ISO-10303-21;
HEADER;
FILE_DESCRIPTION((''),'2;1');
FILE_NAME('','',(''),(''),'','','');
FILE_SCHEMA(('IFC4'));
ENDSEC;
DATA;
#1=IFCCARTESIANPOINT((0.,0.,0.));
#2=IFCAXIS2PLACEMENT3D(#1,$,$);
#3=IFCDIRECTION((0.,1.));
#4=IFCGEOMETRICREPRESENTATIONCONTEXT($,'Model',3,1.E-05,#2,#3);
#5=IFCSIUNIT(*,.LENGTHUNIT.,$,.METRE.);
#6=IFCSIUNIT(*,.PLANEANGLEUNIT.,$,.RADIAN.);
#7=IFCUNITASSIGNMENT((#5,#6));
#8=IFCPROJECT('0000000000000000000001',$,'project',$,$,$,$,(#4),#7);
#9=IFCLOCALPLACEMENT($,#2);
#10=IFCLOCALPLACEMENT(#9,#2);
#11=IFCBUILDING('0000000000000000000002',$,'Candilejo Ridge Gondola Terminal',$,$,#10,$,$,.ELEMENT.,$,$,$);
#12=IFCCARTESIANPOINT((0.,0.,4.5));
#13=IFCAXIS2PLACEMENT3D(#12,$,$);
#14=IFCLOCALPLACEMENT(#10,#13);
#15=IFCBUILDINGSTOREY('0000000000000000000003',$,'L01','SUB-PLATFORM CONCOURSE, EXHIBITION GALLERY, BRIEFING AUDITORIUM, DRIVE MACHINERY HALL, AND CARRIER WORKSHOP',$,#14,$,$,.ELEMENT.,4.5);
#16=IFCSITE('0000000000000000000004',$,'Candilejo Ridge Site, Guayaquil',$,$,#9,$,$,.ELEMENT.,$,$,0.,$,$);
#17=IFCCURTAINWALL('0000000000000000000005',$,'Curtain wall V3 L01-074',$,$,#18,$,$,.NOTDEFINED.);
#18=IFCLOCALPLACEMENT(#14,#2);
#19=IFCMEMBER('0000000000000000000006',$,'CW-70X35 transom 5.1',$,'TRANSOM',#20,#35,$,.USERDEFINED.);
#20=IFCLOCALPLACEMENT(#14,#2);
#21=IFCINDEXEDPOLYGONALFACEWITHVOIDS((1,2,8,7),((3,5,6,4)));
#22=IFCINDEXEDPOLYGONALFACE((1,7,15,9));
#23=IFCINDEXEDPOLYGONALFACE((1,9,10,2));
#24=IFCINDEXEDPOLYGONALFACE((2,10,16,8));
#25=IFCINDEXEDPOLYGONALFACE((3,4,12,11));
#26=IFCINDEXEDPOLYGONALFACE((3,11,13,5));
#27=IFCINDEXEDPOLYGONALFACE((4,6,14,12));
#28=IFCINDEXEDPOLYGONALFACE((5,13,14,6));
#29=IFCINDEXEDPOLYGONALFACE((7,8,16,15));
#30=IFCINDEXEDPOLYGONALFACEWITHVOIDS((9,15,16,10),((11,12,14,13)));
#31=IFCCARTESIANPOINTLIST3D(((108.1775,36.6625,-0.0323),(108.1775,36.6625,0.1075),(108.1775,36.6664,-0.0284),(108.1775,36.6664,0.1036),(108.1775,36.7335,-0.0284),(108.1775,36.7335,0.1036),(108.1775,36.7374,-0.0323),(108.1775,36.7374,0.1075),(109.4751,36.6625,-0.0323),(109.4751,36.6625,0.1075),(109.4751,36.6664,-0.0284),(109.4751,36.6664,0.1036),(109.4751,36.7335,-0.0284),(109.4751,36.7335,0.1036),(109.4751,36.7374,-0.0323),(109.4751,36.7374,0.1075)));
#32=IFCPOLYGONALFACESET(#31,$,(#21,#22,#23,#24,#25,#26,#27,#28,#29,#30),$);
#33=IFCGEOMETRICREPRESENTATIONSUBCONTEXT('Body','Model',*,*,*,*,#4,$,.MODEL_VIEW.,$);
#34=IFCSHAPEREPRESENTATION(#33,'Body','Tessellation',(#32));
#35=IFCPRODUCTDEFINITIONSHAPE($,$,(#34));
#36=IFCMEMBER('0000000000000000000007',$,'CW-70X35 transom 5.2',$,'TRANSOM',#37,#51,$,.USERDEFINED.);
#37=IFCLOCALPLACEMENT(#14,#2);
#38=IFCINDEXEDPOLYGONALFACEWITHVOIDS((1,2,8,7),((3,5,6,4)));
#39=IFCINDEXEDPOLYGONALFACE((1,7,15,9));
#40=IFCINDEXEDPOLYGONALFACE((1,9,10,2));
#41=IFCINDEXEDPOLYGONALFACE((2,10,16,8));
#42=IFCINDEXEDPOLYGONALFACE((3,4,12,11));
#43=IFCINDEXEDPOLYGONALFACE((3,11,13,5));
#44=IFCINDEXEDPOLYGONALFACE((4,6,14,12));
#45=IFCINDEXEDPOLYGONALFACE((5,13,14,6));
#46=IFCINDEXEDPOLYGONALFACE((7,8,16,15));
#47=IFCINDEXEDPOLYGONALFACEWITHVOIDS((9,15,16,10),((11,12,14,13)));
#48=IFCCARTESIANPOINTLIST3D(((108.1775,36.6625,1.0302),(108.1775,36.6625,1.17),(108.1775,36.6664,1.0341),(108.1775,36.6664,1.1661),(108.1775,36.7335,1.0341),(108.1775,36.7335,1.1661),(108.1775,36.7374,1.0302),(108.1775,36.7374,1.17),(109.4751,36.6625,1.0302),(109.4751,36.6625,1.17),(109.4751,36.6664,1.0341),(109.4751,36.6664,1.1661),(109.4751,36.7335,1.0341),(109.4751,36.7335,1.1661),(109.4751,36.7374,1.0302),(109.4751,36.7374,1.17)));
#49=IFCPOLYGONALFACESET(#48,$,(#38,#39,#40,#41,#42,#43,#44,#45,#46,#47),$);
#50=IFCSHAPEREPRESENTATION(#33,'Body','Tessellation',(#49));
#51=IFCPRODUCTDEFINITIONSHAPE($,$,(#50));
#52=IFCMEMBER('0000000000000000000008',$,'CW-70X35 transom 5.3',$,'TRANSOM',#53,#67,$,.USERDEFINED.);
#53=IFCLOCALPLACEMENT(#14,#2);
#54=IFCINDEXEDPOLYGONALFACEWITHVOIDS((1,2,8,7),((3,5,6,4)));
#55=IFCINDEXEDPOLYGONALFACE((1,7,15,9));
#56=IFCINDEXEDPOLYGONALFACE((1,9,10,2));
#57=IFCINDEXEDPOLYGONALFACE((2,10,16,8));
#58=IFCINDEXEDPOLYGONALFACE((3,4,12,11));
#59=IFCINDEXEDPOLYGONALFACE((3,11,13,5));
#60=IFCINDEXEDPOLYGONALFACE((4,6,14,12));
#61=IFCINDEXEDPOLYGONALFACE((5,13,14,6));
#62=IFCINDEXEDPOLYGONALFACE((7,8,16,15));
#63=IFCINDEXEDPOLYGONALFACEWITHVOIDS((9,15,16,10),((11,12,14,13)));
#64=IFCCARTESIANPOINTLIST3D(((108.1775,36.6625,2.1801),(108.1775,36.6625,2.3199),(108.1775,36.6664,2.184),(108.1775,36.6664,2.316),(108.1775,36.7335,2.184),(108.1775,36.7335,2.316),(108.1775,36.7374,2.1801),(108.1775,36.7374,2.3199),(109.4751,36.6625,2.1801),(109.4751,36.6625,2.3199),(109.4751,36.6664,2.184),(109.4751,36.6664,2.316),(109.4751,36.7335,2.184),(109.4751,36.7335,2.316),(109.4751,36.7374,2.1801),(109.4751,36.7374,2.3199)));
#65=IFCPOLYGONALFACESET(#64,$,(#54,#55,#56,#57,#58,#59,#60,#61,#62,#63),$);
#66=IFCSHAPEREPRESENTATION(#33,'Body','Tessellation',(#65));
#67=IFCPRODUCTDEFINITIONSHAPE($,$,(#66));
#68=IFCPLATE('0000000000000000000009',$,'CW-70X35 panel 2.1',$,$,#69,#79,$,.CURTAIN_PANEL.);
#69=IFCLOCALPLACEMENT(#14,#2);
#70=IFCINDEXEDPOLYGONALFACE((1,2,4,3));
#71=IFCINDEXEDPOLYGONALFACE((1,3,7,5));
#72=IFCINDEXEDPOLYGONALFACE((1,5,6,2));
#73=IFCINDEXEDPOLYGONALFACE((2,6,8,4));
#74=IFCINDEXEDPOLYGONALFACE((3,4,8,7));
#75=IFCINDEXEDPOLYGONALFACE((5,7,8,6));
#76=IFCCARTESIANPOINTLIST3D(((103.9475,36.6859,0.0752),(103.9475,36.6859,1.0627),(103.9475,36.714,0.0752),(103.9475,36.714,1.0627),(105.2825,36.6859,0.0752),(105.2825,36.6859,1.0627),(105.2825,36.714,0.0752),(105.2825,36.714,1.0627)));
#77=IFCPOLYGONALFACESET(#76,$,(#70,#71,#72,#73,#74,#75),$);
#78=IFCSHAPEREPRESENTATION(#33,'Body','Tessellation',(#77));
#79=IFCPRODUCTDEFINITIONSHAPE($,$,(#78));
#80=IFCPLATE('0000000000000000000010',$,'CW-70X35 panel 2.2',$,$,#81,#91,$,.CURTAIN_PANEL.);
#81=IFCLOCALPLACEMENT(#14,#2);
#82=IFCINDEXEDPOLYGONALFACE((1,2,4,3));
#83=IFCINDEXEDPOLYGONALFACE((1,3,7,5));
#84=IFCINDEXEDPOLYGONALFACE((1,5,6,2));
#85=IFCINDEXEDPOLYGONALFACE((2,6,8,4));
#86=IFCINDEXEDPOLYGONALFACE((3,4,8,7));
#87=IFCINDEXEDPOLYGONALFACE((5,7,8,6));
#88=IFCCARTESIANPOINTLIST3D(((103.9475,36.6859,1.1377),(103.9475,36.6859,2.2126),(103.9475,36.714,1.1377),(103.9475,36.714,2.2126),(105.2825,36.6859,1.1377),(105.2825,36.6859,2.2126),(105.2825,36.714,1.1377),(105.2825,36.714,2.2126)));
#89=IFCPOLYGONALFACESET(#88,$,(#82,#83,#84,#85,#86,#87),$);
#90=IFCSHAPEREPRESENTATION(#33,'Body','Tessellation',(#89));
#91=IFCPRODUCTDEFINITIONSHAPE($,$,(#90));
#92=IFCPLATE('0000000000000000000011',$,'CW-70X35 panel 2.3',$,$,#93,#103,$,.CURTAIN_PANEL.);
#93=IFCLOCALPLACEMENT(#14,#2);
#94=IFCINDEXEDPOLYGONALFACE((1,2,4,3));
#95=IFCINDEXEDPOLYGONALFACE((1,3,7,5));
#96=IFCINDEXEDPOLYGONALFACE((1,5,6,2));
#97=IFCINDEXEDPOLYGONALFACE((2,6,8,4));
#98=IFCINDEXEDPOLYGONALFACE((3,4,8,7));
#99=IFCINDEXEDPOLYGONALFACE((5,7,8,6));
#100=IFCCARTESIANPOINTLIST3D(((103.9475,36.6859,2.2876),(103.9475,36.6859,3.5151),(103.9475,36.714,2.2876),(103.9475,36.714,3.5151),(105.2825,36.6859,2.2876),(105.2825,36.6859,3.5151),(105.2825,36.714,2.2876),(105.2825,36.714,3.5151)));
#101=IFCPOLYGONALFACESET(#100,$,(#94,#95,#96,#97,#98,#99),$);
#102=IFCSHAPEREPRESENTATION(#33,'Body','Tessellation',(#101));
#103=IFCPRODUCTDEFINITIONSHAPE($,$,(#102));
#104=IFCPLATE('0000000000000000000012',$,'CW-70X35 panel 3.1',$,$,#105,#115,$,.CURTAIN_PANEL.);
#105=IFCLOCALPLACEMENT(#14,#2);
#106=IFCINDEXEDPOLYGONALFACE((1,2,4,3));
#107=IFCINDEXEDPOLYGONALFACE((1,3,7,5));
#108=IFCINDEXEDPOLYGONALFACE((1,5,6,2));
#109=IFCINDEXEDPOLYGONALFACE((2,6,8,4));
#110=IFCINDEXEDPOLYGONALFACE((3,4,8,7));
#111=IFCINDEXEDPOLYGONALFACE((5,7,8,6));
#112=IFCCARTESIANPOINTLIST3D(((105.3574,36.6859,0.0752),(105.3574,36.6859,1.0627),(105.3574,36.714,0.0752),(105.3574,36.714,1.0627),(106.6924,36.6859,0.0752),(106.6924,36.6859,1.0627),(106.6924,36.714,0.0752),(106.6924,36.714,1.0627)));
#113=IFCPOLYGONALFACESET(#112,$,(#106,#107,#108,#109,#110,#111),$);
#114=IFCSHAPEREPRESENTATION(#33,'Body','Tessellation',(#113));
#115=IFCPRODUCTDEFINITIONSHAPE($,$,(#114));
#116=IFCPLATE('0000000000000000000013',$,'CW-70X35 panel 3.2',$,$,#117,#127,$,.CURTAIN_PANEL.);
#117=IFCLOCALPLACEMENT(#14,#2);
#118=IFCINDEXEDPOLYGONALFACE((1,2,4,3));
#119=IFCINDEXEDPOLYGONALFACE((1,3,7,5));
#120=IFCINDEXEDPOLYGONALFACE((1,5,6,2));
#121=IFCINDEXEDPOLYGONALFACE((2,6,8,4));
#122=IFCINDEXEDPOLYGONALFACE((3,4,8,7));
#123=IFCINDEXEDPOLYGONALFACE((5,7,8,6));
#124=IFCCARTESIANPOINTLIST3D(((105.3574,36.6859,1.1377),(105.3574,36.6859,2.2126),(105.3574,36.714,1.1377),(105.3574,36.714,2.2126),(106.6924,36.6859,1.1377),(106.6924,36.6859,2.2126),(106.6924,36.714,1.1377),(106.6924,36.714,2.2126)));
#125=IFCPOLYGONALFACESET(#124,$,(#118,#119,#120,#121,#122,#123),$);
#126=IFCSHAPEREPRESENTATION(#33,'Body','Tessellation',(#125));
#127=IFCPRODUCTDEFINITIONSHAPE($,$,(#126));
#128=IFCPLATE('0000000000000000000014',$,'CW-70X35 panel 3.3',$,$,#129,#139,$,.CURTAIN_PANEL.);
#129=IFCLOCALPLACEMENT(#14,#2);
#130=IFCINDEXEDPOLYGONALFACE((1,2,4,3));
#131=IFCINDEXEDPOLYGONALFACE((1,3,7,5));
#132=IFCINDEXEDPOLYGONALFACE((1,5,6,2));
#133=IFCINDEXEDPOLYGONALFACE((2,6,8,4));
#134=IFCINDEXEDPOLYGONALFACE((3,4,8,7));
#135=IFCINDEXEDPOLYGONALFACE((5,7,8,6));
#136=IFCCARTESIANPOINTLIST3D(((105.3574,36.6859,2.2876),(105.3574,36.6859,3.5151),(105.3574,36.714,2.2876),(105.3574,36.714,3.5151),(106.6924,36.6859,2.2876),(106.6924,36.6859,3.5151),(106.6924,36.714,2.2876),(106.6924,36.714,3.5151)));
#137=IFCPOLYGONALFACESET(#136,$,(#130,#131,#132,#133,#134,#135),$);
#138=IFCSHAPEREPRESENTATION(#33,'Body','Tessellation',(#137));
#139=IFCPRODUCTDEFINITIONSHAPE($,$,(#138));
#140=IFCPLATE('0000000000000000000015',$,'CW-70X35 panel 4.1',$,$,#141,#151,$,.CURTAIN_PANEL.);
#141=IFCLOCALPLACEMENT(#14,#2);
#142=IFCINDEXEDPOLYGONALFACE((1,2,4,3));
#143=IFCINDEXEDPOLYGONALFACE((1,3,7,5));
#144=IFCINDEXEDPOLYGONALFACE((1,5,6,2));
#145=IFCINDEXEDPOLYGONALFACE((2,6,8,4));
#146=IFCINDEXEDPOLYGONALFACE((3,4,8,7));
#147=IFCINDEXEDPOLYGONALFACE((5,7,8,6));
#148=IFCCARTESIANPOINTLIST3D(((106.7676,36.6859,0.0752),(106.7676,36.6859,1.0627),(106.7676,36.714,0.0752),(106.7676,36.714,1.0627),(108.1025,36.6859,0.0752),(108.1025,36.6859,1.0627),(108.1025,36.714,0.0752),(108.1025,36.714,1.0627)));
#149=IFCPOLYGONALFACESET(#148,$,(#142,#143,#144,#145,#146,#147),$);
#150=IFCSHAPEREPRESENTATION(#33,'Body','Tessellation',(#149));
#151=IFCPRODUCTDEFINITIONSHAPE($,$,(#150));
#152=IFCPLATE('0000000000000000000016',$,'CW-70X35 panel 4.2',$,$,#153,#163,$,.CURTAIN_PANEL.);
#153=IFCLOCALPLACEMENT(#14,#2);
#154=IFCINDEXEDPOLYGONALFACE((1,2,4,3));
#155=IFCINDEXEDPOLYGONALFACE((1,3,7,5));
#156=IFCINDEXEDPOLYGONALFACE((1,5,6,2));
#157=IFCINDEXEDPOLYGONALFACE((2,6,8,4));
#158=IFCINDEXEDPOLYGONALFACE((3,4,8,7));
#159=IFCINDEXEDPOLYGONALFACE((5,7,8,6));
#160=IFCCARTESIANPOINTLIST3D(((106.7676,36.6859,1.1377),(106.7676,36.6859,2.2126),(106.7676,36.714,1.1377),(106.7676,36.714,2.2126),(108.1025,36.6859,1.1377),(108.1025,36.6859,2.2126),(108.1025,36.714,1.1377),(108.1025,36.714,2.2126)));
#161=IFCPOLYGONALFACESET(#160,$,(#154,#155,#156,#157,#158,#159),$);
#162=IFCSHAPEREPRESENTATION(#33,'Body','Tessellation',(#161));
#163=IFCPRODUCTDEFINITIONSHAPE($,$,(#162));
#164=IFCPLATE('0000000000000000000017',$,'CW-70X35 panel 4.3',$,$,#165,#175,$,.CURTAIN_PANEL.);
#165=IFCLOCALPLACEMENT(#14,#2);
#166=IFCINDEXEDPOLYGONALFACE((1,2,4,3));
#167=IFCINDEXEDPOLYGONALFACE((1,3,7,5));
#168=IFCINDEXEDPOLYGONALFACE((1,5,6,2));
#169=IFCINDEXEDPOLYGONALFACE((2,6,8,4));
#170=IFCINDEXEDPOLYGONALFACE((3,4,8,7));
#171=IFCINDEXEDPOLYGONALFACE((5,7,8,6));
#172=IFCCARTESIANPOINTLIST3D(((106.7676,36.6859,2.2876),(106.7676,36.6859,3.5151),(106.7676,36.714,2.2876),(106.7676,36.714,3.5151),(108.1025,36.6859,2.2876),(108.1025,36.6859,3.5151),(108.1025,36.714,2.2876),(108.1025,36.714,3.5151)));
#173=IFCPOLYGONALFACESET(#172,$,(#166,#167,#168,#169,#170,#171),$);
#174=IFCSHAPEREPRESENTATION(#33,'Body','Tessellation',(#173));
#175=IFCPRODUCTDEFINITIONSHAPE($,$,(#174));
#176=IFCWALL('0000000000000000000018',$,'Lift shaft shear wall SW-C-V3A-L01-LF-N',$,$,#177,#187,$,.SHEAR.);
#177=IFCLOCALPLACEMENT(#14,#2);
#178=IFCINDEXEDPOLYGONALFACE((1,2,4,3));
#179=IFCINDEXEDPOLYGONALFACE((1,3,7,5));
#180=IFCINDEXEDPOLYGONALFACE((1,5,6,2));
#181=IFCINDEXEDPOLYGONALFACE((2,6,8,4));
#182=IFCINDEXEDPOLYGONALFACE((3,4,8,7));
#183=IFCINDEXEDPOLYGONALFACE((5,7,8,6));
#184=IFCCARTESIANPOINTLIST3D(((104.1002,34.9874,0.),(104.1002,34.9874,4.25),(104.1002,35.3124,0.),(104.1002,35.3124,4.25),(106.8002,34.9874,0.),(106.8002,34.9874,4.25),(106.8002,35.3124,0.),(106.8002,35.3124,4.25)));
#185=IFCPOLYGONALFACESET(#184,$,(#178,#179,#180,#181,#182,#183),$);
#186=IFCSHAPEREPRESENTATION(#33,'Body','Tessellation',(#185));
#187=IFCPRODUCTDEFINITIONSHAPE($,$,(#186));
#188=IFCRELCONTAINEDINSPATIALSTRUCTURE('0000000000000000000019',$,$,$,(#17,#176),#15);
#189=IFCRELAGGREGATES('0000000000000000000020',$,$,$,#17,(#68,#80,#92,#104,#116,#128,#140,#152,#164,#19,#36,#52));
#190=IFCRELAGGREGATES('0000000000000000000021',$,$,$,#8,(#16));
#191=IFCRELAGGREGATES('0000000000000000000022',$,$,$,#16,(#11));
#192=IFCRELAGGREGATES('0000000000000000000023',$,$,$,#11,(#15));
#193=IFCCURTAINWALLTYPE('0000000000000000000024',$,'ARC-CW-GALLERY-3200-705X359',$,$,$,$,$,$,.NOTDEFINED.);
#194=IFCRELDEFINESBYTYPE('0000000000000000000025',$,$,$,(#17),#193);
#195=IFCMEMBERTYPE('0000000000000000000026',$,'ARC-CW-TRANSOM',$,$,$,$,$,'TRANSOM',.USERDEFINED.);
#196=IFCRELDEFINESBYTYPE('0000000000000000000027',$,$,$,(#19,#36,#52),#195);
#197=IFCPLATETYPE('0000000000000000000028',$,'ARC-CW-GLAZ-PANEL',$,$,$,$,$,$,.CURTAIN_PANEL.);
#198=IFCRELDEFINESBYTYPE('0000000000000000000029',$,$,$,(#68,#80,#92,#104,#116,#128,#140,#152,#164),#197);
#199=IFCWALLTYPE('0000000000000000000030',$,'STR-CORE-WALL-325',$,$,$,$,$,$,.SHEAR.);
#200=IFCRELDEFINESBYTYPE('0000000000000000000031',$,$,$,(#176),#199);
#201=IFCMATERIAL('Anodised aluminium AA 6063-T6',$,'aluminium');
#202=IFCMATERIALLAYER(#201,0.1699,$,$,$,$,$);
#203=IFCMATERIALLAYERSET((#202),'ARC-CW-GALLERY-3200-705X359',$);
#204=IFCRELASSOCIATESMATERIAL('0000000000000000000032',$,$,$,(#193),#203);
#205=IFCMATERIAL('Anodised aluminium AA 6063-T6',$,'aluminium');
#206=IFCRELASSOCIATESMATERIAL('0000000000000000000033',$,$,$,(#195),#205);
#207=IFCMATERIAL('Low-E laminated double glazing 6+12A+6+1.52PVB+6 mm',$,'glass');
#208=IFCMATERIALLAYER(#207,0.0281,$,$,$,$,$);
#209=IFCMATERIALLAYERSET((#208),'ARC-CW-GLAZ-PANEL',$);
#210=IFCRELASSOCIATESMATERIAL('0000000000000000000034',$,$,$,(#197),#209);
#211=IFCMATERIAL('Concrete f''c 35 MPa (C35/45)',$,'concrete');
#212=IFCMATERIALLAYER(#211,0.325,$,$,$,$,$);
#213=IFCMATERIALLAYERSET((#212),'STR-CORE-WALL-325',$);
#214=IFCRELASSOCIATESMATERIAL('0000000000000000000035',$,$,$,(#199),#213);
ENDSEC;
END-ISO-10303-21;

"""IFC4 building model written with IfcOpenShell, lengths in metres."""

from ifc_helpers import new_model, si_unit, direction, frame, frame_2d, origin, origin_2d, place, context, subcontext, project, spatial, rectangle, hollow_rectangle, extrude, material, layer, layer_set, material_profile, profile_set, type_object, element, aggregate, save


model = new_model("IFC4")

# Units and contexts
model_context = context("Model", 3, precision=1e-05, world=origin(), true_north=direction((0.0, 1.0)))
body_context = subcontext(model_context, "Body", "Model", "MODEL_VIEW")
ifc_project = project(units=[si_unit("LENGTHUNIT", "METRE"), si_unit("PLANEANGLEUNIT", "RADIAN")], contexts=[model_context])

# Site, building, storey
site_placement = place(None, origin())
site = spatial("IfcSite", under=ifc_project, at=site_placement, Name="Candilejo Ridge Site, Guayaquil", CompositionType="ELEMENT", RefElevation=0.0)
building_placement = place(site_placement, origin())
building = spatial("IfcBuilding", under=site, at=building_placement, Name="Candilejo Ridge Gondola Terminal", CompositionType="ELEMENT")
storey_placement = place(building_placement, frame((0.0, 0.0, 4.5)))
storey = spatial("IfcBuildingStorey", under=building, at=storey_placement, Name="L01", Description="SUB-PLATFORM CONCOURSE, EXHIBITION GALLERY, BRIEFING AUDITORIUM, DRIVE MACHINERY HALL, AND CARRIER WORKSHOP", CompositionType="ELEMENT", Elevation=4.5)

# Curtain wall, members, plates
ifc_material_1 = material(Name="Anodised aluminium AA 6063-T6", Category="aluminium")
ifc_layer_1 = layer(ifc_material_1, 0.1699)
ifc_layer_set_1 = layer_set([ifc_layer_1], Name="ARC-CW-GALLERY-3200-705X359")
curtain_wall_type = type_object("IfcCurtainWallType", Name="ARC-CW-GALLERY-3200-705X359", PredefinedType="NOTDEFINED", material=ifc_layer_set_1)
curtain_wall_placement = place(storey_placement, origin())
curtain_wall = element("IfcCurtainWall", 1, at=curtain_wall_placement, inside=storey, type_object=curtain_wall_type, Name="Curtain wall V3 L01-074", PredefinedType="NOTDEFINED")
ifc_material_2 = material(Name="Anodised aluminium AA 6063-T6", Category="aluminium")
ifc_material_profile_1 = material_profile(ifc_material_2, hollow_rectangle(XDim=0.075, YDim=0.1399, WallThickness=0.0039, at=origin_2d()))
ifc_profile_set_1 = profile_set([ifc_material_profile_1], Name="Anodised aluminium AA 6063-T6")
member_type_1 = type_object("IfcMemberType", Name="ARC-CW-TRANSOM", ElementType="TRANSOM", PredefinedType="USERDEFINED", material=ifc_profile_set_1)
member_1_placement = place(storey_placement, frame((108.1775, 36.7, 0.0376), z_axis=(1.0, 0.0, 0.0), x_axis=(0.0, 1.0, 0.0)))
member_1 = element("IfcMember", 2, at=member_1_placement, type_object=member_type_1, Name="CW-70X35 transom 5.1", ObjectType="TRANSOM", PredefinedType="USERDEFINED", context=body_context, shape_type="SweptSolid", body=[
    extrude(hollow_rectangle(XDim=0.075, YDim=0.1399, WallThickness=0.0039, at=origin_2d()), origin(), (0.0, 0.0, 1.0), 1.2976),
])
member_2_placement = place(storey_placement, frame((108.1775, 36.7, 1.1001), z_axis=(1.0, 0.0, 0.0), x_axis=(0.0, 1.0, 0.0)))
member_2 = element("IfcMember", 3, at=member_2_placement, type_object=member_type_1, Name="CW-70X35 transom 5.2", ObjectType="TRANSOM", PredefinedType="USERDEFINED", context=body_context, shape_type="SweptSolid", body=[
    extrude(hollow_rectangle(XDim=0.075, YDim=0.1399, WallThickness=0.0039, at=origin_2d()), origin(), (0.0, 0.0, 1.0), 1.2976),
])
member_3_placement = place(storey_placement, frame((108.1775, 36.7, 2.25), z_axis=(1.0, 0.0, 0.0), x_axis=(0.0, 1.0, 0.0)))
member_3 = element("IfcMember", 4, at=member_3_placement, type_object=member_type_1, Name="CW-70X35 transom 5.3", ObjectType="TRANSOM", PredefinedType="USERDEFINED", context=body_context, shape_type="SweptSolid", body=[
    extrude(hollow_rectangle(XDim=0.075, YDim=0.1399, WallThickness=0.0039, at=origin_2d()), origin(), (0.0, 0.0, 1.0), 1.2976),
])
ifc_material_3 = material(Name="Low-E laminated double glazing 6+12A+6+1.52PVB+6 mm", Category="glass")
ifc_layer_2 = layer(ifc_material_3, 0.0281)
ifc_layer_set_2 = layer_set([ifc_layer_2], Name="ARC-CW-GLAZ-PANEL")
plate_type = type_object("IfcPlateType", Name="ARC-CW-GLAZ-PANEL", PredefinedType="CURTAIN_PANEL", material=ifc_layer_set_2)
plate_1_placement = place(storey_placement, frame((104.615, 36.7, 0.0752), z_axis=(0.0, 0.0, 1.0), x_axis=(1.0, 0.0, 0.0)))
plate_1 = element("IfcPlate", 5, at=plate_1_placement, type_object=plate_type, Name="CW-70X35 panel 2.1", PredefinedType="CURTAIN_PANEL", context=body_context, shape_type="SweptSolid", body=[
    extrude(rectangle(XDim=1.335, YDim=0.0281, at=origin_2d()), origin(), (0.0, 0.0, 1.0), 0.9875),
])
plate_2_placement = place(storey_placement, frame((104.615, 36.7, 1.1377), z_axis=(0.0, 0.0, 1.0), x_axis=(1.0, 0.0, 0.0)))
plate_2 = element("IfcPlate", 6, at=plate_2_placement, type_object=plate_type, Name="CW-70X35 panel 2.2", PredefinedType="CURTAIN_PANEL", context=body_context, shape_type="SweptSolid", body=[
    extrude(rectangle(XDim=1.335, YDim=0.0281, at=origin_2d()), origin(), (0.0, 0.0, 1.0), 1.075),
])
plate_3_placement = place(storey_placement, frame((104.615, 36.7, 2.2876), z_axis=(0.0, 0.0, 1.0), x_axis=(1.0, 0.0, 0.0)))
plate_3 = element("IfcPlate", 7, at=plate_3_placement, type_object=plate_type, Name="CW-70X35 panel 2.3", PredefinedType="CURTAIN_PANEL", context=body_context, shape_type="SweptSolid", body=[
    extrude(rectangle(XDim=1.335, YDim=0.0281, at=origin_2d()), origin(), (0.0, 0.0, 1.0), 1.2275),
])
plate_4_placement = place(storey_placement, frame((106.0249, 36.7, 0.0752), z_axis=(0.0, 0.0, 1.0), x_axis=(1.0, 0.0, 0.0)))
plate_4 = element("IfcPlate", 8, at=plate_4_placement, type_object=plate_type, Name="CW-70X35 panel 3.1", PredefinedType="CURTAIN_PANEL", context=body_context, shape_type="SweptSolid", body=[
    extrude(rectangle(XDim=1.335, YDim=0.0281, at=origin_2d()), origin(), (0.0, 0.0, 1.0), 0.9875),
])
plate_5_placement = place(storey_placement, frame((106.0249, 36.7, 1.1377), z_axis=(0.0, 0.0, 1.0), x_axis=(1.0, 0.0, 0.0)))
plate_5 = element("IfcPlate", 9, at=plate_5_placement, type_object=plate_type, Name="CW-70X35 panel 3.2", PredefinedType="CURTAIN_PANEL", context=body_context, shape_type="SweptSolid", body=[
    extrude(rectangle(XDim=1.335, YDim=0.0281, at=origin_2d()), origin(), (0.0, 0.0, 1.0), 1.075),
])
plate_6_placement = place(storey_placement, frame((106.0249, 36.7, 2.2876), z_axis=(0.0, 0.0, 1.0), x_axis=(1.0, 0.0, 0.0)))
plate_6 = element("IfcPlate", 10, at=plate_6_placement, type_object=plate_type, Name="CW-70X35 panel 3.3", PredefinedType="CURTAIN_PANEL", context=body_context, shape_type="SweptSolid", body=[
    extrude(rectangle(XDim=1.335, YDim=0.0281, at=origin_2d()), origin(), (0.0, 0.0, 1.0), 1.2275),
])
plate_7_placement = place(storey_placement, frame((107.4351, 36.7, 0.0752), z_axis=(0.0, 0.0, 1.0), x_axis=(1.0, 0.0, 0.0)))
plate_7 = element("IfcPlate", 11, at=plate_7_placement, type_object=plate_type, Name="CW-70X35 panel 4.1", PredefinedType="CURTAIN_PANEL", context=body_context, shape_type="SweptSolid", body=[
    extrude(rectangle(XDim=1.335, YDim=0.0281, at=origin_2d()), origin(), (0.0, 0.0, 1.0), 0.9875),
])
plate_8_placement = place(storey_placement, frame((107.4351, 36.7, 1.1377), z_axis=(0.0, 0.0, 1.0), x_axis=(1.0, 0.0, 0.0)))
plate_8 = element("IfcPlate", 12, at=plate_8_placement, type_object=plate_type, Name="CW-70X35 panel 4.2", PredefinedType="CURTAIN_PANEL", context=body_context, shape_type="SweptSolid", body=[
    extrude(rectangle(XDim=1.335, YDim=0.0281, at=origin_2d()), origin(), (0.0, 0.0, 1.0), 1.075),
])
plate_9_placement = place(storey_placement, frame((107.4351, 36.7, 2.2876), z_axis=(0.0, 0.0, 1.0), x_axis=(1.0, 0.0, 0.0)))
plate_9 = element("IfcPlate", 13, at=plate_9_placement, type_object=plate_type, Name="CW-70X35 panel 4.3", PredefinedType="CURTAIN_PANEL", context=body_context, shape_type="SweptSolid", body=[
    extrude(rectangle(XDim=1.335, YDim=0.0281, at=origin_2d()), origin(), (0.0, 0.0, 1.0), 1.2275),
])
aggregate(curtain_wall, [plate_1, plate_2, plate_3, plate_4, plate_5, plate_6, plate_7, plate_8, plate_9, member_1, member_2, member_3])

# Wall
ifc_material_4 = material(Name="Concrete f'c 35 MPa (C35/45)", Category="concrete")
ifc_layer_3 = layer(ifc_material_4, 0.325)
ifc_layer_set_3 = layer_set([ifc_layer_3], Name="STR-CORE-WALL-325")
wall_type = type_object("IfcWallType", Name="STR-CORE-WALL-325", PredefinedType="SHEAR", material=ifc_layer_set_3)
wall_placement = place(storey_placement, frame((104.1001, 35.1499, 0.0), z_axis=(0.0, 0.0, 1.0), x_axis=(1.0, 0.0, 0.0)))
element("IfcWall", 14, at=wall_placement, inside=storey, type_object=wall_type, Name="Lift shaft shear wall SW-C-V3A-L01-LF-N", PredefinedType="SHEAR", context=body_context, shape_type="SweptSolid", body=[
    extrude(rectangle(XDim=2.7, YDim=0.325, at=frame_2d((1.3501, 0.0))), origin(), (0.0, 0.0, 1.0), 4.25),
])

save(model, "model.ifc")
